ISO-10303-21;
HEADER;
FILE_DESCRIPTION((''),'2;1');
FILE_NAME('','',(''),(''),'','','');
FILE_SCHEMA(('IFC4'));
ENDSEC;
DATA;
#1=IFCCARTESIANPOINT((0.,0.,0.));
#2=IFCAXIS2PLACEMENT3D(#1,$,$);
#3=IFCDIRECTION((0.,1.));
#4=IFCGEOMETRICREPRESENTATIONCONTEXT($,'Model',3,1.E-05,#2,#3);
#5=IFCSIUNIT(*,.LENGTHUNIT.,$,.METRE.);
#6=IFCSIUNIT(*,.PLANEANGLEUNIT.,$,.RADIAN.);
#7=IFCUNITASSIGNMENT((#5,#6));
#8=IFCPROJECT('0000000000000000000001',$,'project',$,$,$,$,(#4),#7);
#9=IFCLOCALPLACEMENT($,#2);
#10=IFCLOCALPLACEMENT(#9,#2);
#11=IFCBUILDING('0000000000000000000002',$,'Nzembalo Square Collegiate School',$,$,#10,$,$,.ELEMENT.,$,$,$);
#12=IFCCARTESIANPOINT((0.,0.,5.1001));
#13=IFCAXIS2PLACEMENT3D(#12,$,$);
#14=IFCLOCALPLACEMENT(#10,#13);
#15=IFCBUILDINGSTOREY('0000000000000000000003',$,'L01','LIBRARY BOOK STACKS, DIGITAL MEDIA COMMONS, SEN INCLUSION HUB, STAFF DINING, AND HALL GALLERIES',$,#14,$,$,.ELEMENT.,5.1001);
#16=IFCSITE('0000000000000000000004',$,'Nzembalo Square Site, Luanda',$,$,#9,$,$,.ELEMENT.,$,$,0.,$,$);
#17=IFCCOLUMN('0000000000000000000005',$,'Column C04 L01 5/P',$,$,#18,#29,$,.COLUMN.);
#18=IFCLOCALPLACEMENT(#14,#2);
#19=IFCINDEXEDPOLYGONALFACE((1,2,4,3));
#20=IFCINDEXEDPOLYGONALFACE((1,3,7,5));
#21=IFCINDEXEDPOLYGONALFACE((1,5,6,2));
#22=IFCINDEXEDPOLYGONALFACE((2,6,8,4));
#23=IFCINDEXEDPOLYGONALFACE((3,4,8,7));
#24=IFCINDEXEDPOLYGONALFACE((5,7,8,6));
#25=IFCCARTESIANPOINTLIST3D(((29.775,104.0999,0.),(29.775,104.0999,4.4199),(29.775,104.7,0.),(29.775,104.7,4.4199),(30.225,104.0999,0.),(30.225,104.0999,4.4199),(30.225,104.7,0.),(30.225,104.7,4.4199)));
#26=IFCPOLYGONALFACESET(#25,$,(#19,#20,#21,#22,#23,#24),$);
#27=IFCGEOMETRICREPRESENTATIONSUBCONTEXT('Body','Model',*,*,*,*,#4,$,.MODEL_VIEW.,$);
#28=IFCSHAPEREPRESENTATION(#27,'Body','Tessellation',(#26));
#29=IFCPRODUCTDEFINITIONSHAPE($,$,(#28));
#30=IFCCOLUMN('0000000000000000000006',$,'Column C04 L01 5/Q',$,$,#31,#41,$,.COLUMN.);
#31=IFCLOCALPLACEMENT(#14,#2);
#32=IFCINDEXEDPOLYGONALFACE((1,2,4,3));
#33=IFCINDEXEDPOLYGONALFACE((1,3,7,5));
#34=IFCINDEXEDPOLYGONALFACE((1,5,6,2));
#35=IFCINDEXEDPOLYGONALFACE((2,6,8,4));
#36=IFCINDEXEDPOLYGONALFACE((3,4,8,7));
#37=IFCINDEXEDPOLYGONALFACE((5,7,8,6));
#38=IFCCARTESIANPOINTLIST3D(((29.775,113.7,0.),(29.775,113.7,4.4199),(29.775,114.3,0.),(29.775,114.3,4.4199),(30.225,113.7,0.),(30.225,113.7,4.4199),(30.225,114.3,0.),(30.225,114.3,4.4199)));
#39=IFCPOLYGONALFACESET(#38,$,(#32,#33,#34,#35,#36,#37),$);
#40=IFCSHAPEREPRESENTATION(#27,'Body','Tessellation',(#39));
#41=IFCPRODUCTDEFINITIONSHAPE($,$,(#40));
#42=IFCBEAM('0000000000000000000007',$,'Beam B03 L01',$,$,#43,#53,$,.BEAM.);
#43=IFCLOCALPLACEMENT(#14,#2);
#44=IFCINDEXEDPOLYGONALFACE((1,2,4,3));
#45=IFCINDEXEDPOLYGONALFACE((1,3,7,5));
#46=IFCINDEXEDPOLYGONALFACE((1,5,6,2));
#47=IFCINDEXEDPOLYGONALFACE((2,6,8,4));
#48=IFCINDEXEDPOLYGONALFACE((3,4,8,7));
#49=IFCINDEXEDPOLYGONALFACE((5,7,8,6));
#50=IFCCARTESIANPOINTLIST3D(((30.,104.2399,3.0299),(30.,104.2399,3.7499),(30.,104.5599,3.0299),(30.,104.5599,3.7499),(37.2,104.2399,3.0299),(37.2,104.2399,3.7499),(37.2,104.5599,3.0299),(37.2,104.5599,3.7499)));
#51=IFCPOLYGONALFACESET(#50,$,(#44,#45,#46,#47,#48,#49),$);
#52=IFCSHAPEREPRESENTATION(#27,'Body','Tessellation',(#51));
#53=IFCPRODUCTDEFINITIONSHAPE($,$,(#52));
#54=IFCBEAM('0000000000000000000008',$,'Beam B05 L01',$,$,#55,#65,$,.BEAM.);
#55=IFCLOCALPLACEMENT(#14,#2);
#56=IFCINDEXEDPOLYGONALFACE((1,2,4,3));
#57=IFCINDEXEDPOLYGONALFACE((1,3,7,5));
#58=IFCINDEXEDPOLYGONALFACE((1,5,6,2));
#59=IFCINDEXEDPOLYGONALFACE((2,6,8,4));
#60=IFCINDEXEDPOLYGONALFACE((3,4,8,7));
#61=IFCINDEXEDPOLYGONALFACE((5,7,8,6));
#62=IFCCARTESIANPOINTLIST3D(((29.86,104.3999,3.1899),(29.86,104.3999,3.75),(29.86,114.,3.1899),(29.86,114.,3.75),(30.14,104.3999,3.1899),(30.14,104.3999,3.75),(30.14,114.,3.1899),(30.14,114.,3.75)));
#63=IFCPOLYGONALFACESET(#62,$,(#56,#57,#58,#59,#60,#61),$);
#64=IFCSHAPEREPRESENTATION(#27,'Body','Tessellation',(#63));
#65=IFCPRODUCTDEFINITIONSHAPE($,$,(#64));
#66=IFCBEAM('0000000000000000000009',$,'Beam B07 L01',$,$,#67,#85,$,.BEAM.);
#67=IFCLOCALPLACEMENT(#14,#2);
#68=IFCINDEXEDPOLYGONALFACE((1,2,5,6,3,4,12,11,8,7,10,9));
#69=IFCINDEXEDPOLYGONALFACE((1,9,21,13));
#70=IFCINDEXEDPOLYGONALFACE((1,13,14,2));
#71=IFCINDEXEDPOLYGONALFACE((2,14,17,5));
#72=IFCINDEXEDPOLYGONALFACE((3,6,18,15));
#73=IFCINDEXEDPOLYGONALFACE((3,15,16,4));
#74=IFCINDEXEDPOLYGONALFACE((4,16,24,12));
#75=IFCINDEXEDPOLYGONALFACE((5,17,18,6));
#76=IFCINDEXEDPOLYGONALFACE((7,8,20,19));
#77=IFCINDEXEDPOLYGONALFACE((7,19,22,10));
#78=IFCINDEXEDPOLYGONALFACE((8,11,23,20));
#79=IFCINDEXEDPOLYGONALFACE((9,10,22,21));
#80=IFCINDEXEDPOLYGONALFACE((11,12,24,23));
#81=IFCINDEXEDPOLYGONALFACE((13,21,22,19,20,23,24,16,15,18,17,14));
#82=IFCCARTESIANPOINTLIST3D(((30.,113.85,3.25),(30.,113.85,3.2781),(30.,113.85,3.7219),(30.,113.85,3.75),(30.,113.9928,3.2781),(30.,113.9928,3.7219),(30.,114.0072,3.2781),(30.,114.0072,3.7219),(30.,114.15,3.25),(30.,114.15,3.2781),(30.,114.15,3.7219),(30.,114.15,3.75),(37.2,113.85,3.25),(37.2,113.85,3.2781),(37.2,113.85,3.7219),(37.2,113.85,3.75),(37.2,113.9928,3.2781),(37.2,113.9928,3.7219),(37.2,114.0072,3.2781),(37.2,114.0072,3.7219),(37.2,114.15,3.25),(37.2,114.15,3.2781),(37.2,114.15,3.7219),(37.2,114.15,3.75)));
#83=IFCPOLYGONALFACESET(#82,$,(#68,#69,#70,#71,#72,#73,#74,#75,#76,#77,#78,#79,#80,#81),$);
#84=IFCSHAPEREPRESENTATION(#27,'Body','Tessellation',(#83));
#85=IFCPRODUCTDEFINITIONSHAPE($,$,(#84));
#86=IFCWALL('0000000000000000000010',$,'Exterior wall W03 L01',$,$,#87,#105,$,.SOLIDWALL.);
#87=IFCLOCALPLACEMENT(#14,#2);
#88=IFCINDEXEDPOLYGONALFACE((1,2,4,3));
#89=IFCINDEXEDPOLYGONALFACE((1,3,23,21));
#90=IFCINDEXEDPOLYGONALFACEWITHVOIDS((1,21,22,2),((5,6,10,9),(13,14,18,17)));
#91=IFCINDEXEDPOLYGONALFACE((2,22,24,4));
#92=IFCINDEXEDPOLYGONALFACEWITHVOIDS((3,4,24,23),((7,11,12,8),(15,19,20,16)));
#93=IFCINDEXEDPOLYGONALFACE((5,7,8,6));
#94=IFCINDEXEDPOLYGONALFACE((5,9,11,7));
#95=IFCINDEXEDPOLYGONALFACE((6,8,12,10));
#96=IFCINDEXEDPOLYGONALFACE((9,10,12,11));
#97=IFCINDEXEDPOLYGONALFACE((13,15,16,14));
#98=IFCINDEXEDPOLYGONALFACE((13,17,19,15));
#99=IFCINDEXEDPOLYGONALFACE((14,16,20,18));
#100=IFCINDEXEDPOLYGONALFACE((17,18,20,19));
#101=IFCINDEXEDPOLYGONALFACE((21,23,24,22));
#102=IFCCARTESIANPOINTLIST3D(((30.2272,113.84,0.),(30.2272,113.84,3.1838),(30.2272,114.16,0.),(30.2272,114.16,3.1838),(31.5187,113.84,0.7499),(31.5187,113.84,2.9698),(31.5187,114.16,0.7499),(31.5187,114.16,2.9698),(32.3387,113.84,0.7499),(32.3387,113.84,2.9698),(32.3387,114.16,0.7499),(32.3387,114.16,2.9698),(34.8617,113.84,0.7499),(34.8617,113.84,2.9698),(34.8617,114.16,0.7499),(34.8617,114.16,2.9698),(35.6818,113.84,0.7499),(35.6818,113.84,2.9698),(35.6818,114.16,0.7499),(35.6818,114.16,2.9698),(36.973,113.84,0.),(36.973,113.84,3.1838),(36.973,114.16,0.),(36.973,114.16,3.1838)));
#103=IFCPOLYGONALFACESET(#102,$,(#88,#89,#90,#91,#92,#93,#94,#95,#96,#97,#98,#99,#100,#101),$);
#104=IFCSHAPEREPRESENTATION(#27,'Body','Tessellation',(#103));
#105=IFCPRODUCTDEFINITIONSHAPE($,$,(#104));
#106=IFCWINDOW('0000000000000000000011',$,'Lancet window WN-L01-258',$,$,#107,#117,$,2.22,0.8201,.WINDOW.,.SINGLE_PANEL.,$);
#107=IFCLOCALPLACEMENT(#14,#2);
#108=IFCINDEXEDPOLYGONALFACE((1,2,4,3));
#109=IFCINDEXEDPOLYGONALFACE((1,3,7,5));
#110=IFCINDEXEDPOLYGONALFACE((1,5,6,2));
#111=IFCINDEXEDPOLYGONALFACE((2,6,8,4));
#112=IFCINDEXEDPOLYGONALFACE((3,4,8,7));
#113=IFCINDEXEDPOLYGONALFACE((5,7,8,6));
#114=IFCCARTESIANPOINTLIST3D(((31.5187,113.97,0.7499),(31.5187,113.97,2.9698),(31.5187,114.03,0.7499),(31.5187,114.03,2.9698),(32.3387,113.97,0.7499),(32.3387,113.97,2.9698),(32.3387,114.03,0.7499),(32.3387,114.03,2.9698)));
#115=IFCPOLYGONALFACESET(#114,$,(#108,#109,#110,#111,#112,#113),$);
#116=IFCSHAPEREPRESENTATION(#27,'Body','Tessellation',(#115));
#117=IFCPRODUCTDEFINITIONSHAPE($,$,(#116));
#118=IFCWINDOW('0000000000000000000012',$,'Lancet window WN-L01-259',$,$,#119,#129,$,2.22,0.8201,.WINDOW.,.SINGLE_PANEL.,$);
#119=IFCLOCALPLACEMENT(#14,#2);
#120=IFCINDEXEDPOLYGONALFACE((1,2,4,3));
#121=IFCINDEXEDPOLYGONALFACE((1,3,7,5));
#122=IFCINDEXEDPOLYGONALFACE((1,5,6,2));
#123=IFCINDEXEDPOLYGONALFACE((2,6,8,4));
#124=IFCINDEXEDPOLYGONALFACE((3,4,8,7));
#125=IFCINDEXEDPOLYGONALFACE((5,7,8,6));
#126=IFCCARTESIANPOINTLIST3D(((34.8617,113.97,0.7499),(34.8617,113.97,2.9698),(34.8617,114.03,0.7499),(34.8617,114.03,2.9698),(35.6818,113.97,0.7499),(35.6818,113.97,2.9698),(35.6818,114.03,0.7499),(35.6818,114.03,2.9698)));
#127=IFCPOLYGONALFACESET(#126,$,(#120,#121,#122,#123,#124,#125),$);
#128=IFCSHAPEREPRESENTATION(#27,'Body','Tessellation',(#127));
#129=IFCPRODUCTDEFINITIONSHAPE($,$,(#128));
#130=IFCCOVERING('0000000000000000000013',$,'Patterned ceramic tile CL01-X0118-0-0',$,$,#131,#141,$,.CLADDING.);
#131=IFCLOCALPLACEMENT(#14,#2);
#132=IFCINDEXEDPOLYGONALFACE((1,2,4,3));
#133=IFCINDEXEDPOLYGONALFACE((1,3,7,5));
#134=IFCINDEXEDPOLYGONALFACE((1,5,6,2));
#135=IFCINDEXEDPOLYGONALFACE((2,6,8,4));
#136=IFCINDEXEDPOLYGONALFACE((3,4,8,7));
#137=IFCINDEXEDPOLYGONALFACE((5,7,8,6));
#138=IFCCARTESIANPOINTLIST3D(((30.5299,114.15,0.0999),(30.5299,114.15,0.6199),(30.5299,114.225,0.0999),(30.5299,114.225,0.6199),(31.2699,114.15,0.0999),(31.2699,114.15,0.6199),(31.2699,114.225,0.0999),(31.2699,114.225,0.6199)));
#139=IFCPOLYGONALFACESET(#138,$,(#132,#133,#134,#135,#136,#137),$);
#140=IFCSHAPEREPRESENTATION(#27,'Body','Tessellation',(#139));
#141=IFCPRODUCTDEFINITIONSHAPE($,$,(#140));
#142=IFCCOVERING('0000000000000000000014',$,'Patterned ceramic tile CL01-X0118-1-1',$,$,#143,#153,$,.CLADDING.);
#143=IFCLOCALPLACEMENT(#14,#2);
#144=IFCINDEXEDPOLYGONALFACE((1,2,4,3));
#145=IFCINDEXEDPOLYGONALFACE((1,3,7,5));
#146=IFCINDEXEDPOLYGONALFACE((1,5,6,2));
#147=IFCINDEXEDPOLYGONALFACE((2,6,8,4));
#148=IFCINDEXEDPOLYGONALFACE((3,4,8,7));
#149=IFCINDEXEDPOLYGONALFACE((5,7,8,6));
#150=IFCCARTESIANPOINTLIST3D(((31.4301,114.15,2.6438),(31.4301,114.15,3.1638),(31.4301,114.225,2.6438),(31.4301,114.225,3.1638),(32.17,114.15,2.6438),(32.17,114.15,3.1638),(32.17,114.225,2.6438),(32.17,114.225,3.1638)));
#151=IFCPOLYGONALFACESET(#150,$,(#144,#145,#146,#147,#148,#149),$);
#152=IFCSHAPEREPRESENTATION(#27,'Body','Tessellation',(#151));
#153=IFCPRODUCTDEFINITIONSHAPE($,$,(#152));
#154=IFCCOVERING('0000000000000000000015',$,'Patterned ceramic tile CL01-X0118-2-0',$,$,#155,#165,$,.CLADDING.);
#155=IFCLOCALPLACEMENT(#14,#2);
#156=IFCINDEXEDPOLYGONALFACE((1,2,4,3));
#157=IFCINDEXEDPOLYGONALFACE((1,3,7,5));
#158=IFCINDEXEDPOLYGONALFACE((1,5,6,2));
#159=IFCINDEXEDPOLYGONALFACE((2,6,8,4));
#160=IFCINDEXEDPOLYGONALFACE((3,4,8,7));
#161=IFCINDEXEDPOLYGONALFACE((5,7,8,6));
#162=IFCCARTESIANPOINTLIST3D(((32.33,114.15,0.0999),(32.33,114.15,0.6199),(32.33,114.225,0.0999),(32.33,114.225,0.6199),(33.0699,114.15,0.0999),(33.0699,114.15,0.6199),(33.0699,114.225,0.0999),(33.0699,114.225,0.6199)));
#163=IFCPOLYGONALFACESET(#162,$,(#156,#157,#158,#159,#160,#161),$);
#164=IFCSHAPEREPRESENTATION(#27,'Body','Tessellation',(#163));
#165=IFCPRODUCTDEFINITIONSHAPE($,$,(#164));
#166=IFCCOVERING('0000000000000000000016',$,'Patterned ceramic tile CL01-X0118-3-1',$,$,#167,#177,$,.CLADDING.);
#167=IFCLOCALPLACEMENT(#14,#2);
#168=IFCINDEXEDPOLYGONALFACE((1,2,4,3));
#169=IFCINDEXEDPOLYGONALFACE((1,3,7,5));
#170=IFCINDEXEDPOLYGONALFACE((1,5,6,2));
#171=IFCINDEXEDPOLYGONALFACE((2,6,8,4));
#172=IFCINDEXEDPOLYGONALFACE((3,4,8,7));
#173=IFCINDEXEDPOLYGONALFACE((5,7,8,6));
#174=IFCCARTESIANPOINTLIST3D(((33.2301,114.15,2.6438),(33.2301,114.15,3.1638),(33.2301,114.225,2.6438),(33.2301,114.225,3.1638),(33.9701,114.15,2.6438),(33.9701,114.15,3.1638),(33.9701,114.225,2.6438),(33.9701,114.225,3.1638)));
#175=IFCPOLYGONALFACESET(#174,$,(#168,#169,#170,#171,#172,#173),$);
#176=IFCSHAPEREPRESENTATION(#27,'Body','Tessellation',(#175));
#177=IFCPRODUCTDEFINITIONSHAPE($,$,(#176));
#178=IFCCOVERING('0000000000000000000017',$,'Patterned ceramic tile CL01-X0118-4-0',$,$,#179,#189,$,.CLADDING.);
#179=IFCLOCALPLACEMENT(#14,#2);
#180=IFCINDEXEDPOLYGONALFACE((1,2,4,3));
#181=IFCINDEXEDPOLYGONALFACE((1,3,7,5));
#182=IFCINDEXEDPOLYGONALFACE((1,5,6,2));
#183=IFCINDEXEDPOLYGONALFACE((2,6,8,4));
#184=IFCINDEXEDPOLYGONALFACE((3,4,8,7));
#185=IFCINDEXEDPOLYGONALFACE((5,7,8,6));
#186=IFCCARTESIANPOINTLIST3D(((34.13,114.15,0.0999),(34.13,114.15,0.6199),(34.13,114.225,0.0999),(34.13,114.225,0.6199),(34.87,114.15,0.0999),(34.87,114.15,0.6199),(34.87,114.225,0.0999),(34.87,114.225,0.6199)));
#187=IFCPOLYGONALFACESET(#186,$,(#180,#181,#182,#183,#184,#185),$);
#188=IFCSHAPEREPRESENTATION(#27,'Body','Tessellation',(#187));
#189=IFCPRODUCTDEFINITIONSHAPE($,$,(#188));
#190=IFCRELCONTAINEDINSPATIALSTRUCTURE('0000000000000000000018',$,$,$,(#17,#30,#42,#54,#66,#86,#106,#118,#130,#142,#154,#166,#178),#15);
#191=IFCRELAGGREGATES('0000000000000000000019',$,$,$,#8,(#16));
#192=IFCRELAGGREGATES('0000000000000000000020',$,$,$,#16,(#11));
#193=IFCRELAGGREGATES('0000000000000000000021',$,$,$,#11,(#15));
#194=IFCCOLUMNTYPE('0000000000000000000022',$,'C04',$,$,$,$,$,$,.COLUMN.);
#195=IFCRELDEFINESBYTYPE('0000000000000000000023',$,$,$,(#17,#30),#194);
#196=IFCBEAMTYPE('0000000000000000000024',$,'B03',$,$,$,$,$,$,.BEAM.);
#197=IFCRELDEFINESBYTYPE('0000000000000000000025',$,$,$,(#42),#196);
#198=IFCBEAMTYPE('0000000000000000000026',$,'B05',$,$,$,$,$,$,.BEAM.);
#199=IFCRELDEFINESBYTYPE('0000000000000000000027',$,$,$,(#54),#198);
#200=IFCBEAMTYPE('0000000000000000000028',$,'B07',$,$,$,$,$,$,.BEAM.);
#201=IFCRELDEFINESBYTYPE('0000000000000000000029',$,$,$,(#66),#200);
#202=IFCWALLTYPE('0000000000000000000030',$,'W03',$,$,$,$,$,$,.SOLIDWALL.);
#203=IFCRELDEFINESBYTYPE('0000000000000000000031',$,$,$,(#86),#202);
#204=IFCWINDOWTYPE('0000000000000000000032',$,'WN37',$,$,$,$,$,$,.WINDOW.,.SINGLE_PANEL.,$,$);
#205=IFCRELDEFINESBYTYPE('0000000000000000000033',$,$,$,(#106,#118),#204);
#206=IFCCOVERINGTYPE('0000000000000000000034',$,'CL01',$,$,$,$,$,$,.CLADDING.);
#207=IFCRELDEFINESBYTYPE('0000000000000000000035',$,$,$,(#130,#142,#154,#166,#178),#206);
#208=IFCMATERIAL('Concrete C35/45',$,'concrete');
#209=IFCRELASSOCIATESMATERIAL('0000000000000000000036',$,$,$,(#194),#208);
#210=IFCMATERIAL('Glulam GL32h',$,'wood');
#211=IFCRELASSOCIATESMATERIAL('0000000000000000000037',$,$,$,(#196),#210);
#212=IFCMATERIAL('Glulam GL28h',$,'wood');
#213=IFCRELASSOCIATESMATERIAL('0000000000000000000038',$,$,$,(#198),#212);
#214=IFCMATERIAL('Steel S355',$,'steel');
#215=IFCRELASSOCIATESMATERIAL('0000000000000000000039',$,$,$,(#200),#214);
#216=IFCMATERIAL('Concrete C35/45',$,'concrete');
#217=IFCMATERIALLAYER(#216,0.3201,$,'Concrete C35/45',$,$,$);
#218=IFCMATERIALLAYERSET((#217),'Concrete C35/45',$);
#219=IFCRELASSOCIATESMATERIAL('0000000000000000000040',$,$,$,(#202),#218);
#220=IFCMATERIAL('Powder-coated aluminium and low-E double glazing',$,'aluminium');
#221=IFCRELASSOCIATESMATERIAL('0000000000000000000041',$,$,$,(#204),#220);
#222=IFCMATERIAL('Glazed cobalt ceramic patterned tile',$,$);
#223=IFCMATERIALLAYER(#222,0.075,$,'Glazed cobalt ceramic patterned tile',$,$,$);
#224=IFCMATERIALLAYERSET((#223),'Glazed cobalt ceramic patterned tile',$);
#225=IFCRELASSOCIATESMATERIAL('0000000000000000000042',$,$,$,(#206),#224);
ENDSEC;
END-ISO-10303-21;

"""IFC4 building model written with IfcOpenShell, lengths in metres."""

from ifc_helpers import new_model, si_unit, direction, frame, frame_2d, origin, origin_2d, place, context, subcontext, project, spatial, rectangle, i_section, extrude, material, layer, layer_set, material_profile, profile_set, type_object, element, fill, save


model = new_model("IFC4")

# Units and contexts
model_context = context("Model", 3, precision=1e-05, world=origin(), true_north=direction((0.0, 1.0)))
body_context = subcontext(model_context, "Body", "Model", "MODEL_VIEW")
ifc_project = project(units=[si_unit("LENGTHUNIT", "METRE"), si_unit("PLANEANGLEUNIT", "RADIAN")], contexts=[model_context])

# Site, building, storey
site_placement = place(None, origin())
site = spatial("IfcSite", under=ifc_project, at=site_placement, Name="Nzembalo Square Site, Luanda", CompositionType="ELEMENT", RefElevation=0.0)
building_placement = place(site_placement, origin())
building = spatial("IfcBuilding", under=site, at=building_placement, Name="Nzembalo Square Collegiate School", CompositionType="ELEMENT")
storey_placement = place(building_placement, frame((0.0, 0.0, 5.1001)))
storey = spatial("IfcBuildingStorey", under=building, at=storey_placement, Name="L01", Description="LIBRARY BOOK STACKS, DIGITAL MEDIA COMMONS, SEN INCLUSION HUB, STAFF DINING, AND HALL GALLERIES", CompositionType="ELEMENT", Elevation=5.1001)

# Columns
ifc_material_1 = material(Name="Concrete C35/45", Category="concrete")
ifc_material_profile_1 = material_profile(ifc_material_1, rectangle(XDim=0.45, YDim=0.6001, at=origin_2d()), Name="RC 450x600")
ifc_profile_set_1 = profile_set([ifc_material_profile_1], Name="Concrete C35/45")
column_type = type_object("IfcColumnType", Name="C04", PredefinedType="COLUMN", material=ifc_profile_set_1)
for number, where, z_axis, x_axis, name in (
    (1, (30.0, 104.3999, 0.0), (0.0, 0.0, 1.0), (1.0, 0.0, 0.0), "Column C04 L01 5/P"),
    (2, (30.0, 114.0, 0.0), (0.0, 0.0, 1.0), (1.0, 0.0, 0.0), "Column C04 L01 5/Q"),
):
    element("IfcColumn", number, at=place(storey_placement, frame(where, z_axis=z_axis, x_axis=x_axis)), inside=storey, type_object=column_type, Name=name, PredefinedType="COLUMN", context=body_context, shape_type="SweptSolid", body=[
        extrude(rectangle(XDim=0.45, YDim=0.6001, at=origin_2d()), origin(), (0.0, 0.0, 1.0), 4.4199),
    ])

# Beams
ifc_material_2 = material(Name="Glulam GL32h", Category="wood")
ifc_material_profile_2 = material_profile(ifc_material_2, rectangle(XDim=0.3201, YDim=0.72, at=origin_2d()), Name="GL32h 320x720")
ifc_profile_set_2 = profile_set([ifc_material_profile_2], Name="Glulam GL32h")
beam_type_1 = type_object("IfcBeamType", Name="B03", PredefinedType="BEAM", material=ifc_profile_set_2)
beam_1_placement = place(storey_placement, frame((30.0, 104.3999, 3.3899), z_axis=(1.0, 0.0, 0.0), x_axis=(0.0, 1.0, 0.0)))
element("IfcBeam", 3, at=beam_1_placement, inside=storey, type_object=beam_type_1, Name="Beam B03 L01", PredefinedType="BEAM", context=body_context, shape_type="SweptSolid", body=[
    extrude(rectangle(XDim=0.3201, YDim=0.72, at=origin_2d()), origin(), (0.0, 0.0, 1.0), 7.2),
])
ifc_material_3 = material(Name="Glulam GL28h", Category="wood")
ifc_material_profile_3 = material_profile(ifc_material_3, rectangle(XDim=0.28, YDim=0.5601, at=origin_2d()), Name="GL28h 280x560")
ifc_profile_set_3 = profile_set([ifc_material_profile_3], Name="Glulam GL28h")
beam_type_2 = type_object("IfcBeamType", Name="B05", PredefinedType="BEAM", material=ifc_profile_set_3)
beam_2_placement = place(storey_placement, frame((30.0, 104.3999, 3.47), z_axis=(0.0, 1.0, 0.0), x_axis=(-1.0, 0.0, 0.0)))
element("IfcBeam", 4, at=beam_2_placement, inside=storey, type_object=beam_type_2, Name="Beam B05 L01", PredefinedType="BEAM", context=body_context, shape_type="SweptSolid", body=[
    extrude(rectangle(XDim=0.28, YDim=0.5601, at=origin_2d()), origin(), (0.0, 0.0, 1.0), 9.6001),
])
ifc_material_4 = material(Name="Steel S355", Category="steel")
ifc_material_profile_4 = material_profile(ifc_material_4, i_section(OverallWidth=0.3, OverallDepth=0.5, WebThickness=0.0144, FlangeThickness=0.0281, at=origin_2d()), Name="HEB 500")
ifc_profile_set_4 = profile_set([ifc_material_profile_4], Name="Steel S355")
beam_type_3 = type_object("IfcBeamType", Name="B07", PredefinedType="BEAM", material=ifc_profile_set_4)
beam_3_placement = place(storey_placement, frame((30.0, 114.0, 3.5), z_axis=(1.0, 0.0, 0.0), x_axis=(0.0, 1.0, 0.0)))
element("IfcBeam", 5, at=beam_3_placement, inside=storey, type_object=beam_type_3, Name="Beam B07 L01", PredefinedType="BEAM", context=body_context, shape_type="SweptSolid", body=[
    extrude(i_section(OverallWidth=0.3, OverallDepth=0.5, WebThickness=0.0144, FlangeThickness=0.0281, at=origin_2d()), origin(), (0.0, 0.0, 1.0), 7.2),
])

# Wall, openings, windows
ifc_material_5 = material(Name="Concrete C35/45", Category="concrete")
ifc_layer_1 = layer(ifc_material_5, 0.3201, Name="Concrete C35/45")
ifc_layer_set_1 = layer_set([ifc_layer_1], Name="Concrete C35/45")
wall_type = type_object("IfcWallType", Name="W03", PredefinedType="SOLIDWALL", material=ifc_layer_set_1)
wall_placement = place(storey_placement, frame((30.2271, 114.0, 0.0), z_axis=(0.0, 0.0, 1.0), x_axis=(1.0, 0.0, 0.0)))
wall = element("IfcWall", 6, at=wall_placement, inside=storey, type_object=wall_type, Name="Exterior wall W03 L01", PredefinedType="SOLIDWALL", context=body_context, shape_type="SweptSolid", body=[
    extrude(rectangle(XDim=6.7458, YDim=0.3201, at=frame_2d((3.373, 0.0))), origin(), (0.0, 0.0, 1.0), 3.1838),
])
opening_1_placement = place(wall_placement, frame((1.2915, 0.0, 0.75)))
opening_1 = element("IfcOpeningElement", 7, at=opening_1_placement, cuts=wall, PredefinedType="OPENING", context=body_context, shape_type="SweptSolid", body=[
    extrude(rectangle(XDim=0.8201, YDim=2.22, at=frame_2d((0.4102, 1.1099))), frame((0.0, 0.1699, 0.0), z_axis=(0.0, -1.0, 0.0), x_axis=(1.0, 0.0, 0.0)), (0.0, 0.0, 1.0), 0.3401),
])
opening_2_placement = place(wall_placement, frame((4.6345, 0.0, 0.75)))
opening_2 = element("IfcOpeningElement", 8, at=opening_2_placement, cuts=wall, PredefinedType="OPENING", context=body_context, shape_type="SweptSolid", body=[
    extrude(rectangle(XDim=0.8201, YDim=2.22, at=frame_2d((0.4102, 1.1099))), frame((0.0, 0.1699, 0.0), z_axis=(0.0, -1.0, 0.0), x_axis=(1.0, 0.0, 0.0)), (0.0, 0.0, 1.0), 0.3401),
])
ifc_material_6 = material(Name="Powder-coated aluminium and low-E double glazing", Category="aluminium")
window_type = type_object("IfcWindowType", Name="WN37", PartitioningType="SINGLE_PANEL", PredefinedType="WINDOW", material=ifc_material_6)
window_1_placement = place(opening_1_placement, origin())
window_1 = element("IfcWindow", 9, at=window_1_placement, inside=storey, type_object=window_type, Name="Lancet window WN-L01-258", OverallHeight=2.22, OverallWidth=0.8201, PartitioningType="SINGLE_PANEL", PredefinedType="WINDOW", context=body_context, shape_type="SweptSolid", body=[
    extrude(rectangle(XDim=0.8201, YDim=2.22, at=frame_2d((0.4102, 1.1099))), frame((0.0, 0.03, 0.0), z_axis=(0.0, -1.0, 0.0), x_axis=(1.0, 0.0, 0.0)), (0.0, 0.0, 1.0), 0.0601),
])
fill(opening_1, window_1)
window_2_placement = place(opening_2_placement, origin())
window_2 = element("IfcWindow", 10, at=window_2_placement, inside=storey, type_object=window_type, Name="Lancet window WN-L01-259", OverallHeight=2.22, OverallWidth=0.8201, PartitioningType="SINGLE_PANEL", PredefinedType="WINDOW", context=body_context, shape_type="SweptSolid", body=[
    extrude(rectangle(XDim=0.8201, YDim=2.22, at=frame_2d((0.4102, 1.1099))), frame((0.0, 0.03, 0.0), z_axis=(0.0, -1.0, 0.0), x_axis=(1.0, 0.0, 0.0)), (0.0, 0.0, 1.0), 0.0601),
])
fill(opening_2, window_2)

# Coverings
ifc_material_7 = material(Name="Glazed cobalt ceramic patterned tile")
ifc_layer_2 = layer(ifc_material_7, 0.075, Name="Glazed cobalt ceramic patterned tile")
ifc_layer_set_2 = layer_set([ifc_layer_2], Name="Glazed cobalt ceramic patterned tile")
covering_type_1 = type_object("IfcCoveringType", Name="CL01", PredefinedType="CLADDING", material=ifc_layer_set_2)
for number, where, z_axis, x_axis, name in (
    (11, (30.8999, 114.1875, 0.0999), (0.0, 0.0, 1.0), (1.0, 0.0, 0.0), "Patterned ceramic tile CL01-X0118-0-0"),
    (12, (31.8, 114.1875, 2.6438), (0.0, 0.0, 1.0), (1.0, 0.0, 0.0), "Patterned ceramic tile CL01-X0118-1-1"),
    (13, (32.7, 114.1875, 0.0999), (0.0, 0.0, 1.0), (1.0, 0.0, 0.0), "Patterned ceramic tile CL01-X0118-2-0"),
    (14, (33.6001, 114.1875, 2.6438), (0.0, 0.0, 1.0), (1.0, 0.0, 0.0), "Patterned ceramic tile CL01-X0118-3-1"),
    (15, (34.5, 114.1875, 0.0999), (0.0, 0.0, 1.0), (1.0, 0.0, 0.0), "Patterned ceramic tile CL01-X0118-4-0"),
):
    element("IfcCovering", number, at=place(storey_placement, frame(where, z_axis=z_axis, x_axis=x_axis)), inside=storey, type_object=covering_type_1, Name=name, PredefinedType="CLADDING", context=body_context, shape_type="SweptSolid", body=[
        extrude(rectangle(XDim=0.74, YDim=0.075, at=origin_2d()), origin(), (0.0, 0.0, 1.0), 0.52),
    ])

save(model, "model.ifc")
